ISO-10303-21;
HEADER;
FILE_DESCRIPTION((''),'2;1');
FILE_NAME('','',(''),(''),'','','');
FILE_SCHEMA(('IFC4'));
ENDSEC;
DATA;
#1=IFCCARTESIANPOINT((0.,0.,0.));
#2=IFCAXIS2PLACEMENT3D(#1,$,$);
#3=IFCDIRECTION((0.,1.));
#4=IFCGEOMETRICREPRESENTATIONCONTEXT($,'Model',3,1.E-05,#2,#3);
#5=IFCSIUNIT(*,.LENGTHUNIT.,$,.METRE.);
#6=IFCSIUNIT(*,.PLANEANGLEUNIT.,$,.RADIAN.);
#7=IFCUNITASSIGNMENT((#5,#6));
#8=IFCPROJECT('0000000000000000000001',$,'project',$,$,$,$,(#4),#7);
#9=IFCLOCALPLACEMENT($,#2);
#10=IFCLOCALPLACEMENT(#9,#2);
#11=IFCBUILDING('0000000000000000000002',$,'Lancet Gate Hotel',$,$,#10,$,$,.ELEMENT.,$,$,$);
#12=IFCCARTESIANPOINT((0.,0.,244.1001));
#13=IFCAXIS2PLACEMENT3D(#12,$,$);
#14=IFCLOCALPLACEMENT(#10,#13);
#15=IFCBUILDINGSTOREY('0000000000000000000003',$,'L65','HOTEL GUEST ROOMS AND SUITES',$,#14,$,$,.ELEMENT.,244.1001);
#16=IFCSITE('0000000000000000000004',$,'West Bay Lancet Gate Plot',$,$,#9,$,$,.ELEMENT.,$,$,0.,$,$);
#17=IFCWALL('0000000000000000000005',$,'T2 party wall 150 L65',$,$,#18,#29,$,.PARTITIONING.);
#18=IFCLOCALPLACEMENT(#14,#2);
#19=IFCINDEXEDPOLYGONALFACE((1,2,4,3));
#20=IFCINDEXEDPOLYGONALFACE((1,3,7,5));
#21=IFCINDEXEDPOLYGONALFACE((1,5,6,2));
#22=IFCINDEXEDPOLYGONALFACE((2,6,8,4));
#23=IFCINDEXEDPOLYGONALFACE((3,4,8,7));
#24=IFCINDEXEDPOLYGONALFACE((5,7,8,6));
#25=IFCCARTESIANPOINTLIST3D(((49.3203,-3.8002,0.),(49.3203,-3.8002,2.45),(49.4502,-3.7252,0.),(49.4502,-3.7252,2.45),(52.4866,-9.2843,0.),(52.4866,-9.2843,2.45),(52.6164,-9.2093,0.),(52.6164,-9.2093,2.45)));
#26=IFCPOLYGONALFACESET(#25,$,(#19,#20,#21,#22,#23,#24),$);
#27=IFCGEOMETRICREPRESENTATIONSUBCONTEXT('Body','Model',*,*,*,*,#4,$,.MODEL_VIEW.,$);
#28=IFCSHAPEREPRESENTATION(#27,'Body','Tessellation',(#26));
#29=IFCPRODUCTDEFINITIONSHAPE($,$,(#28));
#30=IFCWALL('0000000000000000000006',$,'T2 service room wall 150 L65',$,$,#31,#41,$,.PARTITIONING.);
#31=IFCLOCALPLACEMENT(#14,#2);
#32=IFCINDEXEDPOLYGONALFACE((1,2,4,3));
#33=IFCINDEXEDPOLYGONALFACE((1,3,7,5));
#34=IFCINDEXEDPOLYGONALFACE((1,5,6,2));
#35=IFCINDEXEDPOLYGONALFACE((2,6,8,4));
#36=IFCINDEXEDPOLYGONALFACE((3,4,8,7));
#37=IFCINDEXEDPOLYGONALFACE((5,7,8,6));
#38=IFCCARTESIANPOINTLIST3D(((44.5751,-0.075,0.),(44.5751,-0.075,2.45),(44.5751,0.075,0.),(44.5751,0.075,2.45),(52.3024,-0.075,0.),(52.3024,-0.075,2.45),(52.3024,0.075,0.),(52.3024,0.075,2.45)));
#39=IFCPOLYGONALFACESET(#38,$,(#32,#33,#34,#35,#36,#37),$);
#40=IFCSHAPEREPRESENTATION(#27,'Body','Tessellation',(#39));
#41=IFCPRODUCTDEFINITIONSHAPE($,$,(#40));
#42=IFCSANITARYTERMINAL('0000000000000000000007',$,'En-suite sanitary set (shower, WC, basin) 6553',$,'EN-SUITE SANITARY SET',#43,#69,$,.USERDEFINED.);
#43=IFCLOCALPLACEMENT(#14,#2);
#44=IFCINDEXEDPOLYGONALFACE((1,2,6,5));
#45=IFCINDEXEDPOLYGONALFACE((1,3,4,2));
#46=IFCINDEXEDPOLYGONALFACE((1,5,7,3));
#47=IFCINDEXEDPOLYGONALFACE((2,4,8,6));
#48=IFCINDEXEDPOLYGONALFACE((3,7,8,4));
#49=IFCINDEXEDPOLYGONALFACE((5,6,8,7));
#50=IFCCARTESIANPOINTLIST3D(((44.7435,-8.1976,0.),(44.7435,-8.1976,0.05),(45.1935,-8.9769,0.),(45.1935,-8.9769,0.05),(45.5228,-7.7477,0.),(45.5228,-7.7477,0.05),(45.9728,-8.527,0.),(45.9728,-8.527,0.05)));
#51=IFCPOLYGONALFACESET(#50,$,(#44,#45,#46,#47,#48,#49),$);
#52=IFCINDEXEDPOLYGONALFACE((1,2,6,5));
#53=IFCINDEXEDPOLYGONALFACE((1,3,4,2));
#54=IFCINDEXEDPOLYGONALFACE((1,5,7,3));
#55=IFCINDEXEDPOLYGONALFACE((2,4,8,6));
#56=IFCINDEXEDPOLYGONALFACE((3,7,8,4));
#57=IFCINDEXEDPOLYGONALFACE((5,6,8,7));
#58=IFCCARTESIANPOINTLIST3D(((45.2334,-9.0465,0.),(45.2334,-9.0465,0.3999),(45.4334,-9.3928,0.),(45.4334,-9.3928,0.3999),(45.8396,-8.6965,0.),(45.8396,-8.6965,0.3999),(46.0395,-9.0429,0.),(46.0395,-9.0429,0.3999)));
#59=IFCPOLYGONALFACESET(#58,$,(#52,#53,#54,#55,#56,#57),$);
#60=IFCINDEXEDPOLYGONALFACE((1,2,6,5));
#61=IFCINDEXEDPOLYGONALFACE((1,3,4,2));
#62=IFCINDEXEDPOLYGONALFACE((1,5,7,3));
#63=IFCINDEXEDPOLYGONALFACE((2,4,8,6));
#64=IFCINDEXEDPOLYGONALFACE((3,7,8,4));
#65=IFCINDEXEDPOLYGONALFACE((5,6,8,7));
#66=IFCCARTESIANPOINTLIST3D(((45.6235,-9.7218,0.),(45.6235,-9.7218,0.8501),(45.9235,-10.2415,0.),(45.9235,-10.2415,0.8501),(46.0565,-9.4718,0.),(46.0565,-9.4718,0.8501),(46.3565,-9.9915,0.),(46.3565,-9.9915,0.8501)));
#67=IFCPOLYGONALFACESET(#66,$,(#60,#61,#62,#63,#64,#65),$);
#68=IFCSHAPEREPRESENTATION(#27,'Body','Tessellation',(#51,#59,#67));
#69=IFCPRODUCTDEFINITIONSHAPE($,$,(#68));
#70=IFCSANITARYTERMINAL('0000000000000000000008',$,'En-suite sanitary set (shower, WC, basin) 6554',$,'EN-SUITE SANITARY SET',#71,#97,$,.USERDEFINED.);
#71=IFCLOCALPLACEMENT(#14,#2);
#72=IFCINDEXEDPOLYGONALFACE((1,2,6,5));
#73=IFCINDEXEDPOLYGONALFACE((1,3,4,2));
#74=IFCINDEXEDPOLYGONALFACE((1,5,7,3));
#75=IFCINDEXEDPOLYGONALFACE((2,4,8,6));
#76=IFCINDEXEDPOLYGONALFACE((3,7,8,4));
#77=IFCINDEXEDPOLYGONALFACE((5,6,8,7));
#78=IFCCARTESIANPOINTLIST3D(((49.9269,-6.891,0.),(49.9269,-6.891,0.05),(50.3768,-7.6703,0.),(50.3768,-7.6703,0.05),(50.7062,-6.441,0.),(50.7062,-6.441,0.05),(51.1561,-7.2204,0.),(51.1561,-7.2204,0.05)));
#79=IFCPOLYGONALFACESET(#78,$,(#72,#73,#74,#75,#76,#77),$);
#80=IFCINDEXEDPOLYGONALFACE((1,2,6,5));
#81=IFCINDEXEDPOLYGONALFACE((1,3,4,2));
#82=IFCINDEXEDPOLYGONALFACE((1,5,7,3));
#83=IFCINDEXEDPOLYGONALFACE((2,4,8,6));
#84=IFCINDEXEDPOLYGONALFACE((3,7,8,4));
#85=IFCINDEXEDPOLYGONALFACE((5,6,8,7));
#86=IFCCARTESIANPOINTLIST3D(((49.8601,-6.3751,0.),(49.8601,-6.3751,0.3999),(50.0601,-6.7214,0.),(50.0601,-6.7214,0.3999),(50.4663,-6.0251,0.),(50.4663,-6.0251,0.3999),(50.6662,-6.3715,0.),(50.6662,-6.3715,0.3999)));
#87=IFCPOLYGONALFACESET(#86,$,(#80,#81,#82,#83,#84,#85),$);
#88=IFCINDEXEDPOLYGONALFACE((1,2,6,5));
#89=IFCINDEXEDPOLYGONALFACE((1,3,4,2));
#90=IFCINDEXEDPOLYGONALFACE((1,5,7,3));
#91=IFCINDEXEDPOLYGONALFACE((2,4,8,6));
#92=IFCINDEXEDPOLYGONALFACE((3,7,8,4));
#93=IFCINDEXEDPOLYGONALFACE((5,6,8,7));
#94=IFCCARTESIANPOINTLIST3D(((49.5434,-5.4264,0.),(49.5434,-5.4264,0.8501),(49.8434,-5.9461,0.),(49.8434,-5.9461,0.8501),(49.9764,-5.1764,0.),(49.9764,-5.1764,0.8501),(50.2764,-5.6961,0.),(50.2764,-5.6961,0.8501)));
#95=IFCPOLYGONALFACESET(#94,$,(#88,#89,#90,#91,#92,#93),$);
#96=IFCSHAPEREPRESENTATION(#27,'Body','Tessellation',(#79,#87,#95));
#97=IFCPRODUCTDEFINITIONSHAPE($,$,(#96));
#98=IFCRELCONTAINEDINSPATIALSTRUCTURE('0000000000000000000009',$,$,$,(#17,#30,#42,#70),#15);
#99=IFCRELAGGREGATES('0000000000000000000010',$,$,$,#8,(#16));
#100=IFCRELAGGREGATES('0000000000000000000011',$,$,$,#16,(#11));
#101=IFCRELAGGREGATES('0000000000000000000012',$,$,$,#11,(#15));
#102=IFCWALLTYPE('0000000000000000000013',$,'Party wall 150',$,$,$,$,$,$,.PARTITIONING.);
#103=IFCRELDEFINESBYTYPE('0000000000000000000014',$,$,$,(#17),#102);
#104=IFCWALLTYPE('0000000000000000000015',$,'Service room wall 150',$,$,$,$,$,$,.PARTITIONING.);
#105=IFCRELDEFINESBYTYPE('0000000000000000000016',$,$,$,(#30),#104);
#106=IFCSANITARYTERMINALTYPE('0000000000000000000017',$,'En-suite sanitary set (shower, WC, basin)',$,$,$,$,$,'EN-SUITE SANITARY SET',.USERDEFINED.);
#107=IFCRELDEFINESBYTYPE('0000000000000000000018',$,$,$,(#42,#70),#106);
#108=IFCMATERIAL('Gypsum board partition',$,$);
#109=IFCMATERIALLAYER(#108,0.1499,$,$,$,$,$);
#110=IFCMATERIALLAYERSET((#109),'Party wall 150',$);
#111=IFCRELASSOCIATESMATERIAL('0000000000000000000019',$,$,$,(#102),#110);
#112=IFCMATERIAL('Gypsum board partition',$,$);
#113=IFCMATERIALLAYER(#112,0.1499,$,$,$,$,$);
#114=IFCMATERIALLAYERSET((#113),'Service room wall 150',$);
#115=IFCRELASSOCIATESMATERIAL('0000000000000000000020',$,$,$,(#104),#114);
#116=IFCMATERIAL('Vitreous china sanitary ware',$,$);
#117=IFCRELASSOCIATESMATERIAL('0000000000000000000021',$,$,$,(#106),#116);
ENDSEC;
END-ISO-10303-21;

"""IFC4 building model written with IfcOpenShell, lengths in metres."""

from ifc_helpers import new_model, si_unit, direction, frame, frame_2d, origin, origin_2d, place, context, subcontext, project, spatial, rectangle, extrude, material, layer, layer_set, type_object, element, save


model = new_model("IFC4")

# Units and contexts
model_context = context("Model", 3, precision=1e-05, world=origin(), true_north=direction((0.0, 1.0)))
body_context = subcontext(model_context, "Body", "Model", "MODEL_VIEW")
ifc_project = project(units=[si_unit("LENGTHUNIT", "METRE"), si_unit("PLANEANGLEUNIT", "RADIAN")], contexts=[model_context])

# Site, building, storey
site_placement = place(None, origin())
site = spatial("IfcSite", under=ifc_project, at=site_placement, Name="West Bay Lancet Gate Plot", CompositionType="ELEMENT", RefElevation=0.0)
building_placement = place(site_placement, origin())
building = spatial("IfcBuilding", under=site, at=building_placement, Name="Lancet Gate Hotel", CompositionType="ELEMENT")
storey_placement = place(building_placement, frame((0.0, 0.0, 244.1001)))
storey = spatial("IfcBuildingStorey", under=building, at=storey_placement, Name="L65", Description="HOTEL GUEST ROOMS AND SUITES", CompositionType="ELEMENT", Elevation=244.1001)

# Walls
ifc_material_1 = material(Name="Gypsum board partition")
ifc_layer_1 = layer(ifc_material_1, 0.1499)
ifc_layer_set_1 = layer_set([ifc_layer_1], Name="Party wall 150")
wall_type_1 = type_object("IfcWallType", Name="Party wall 150", PredefinedType="PARTITIONING", material=ifc_layer_set_1)
wall_1_placement = place(storey_placement, frame((49.3853, -3.7627, 0.0), z_axis=(0.0, 0.0, 1.0), x_axis=(0.499999, -0.866026, 0.0)))
element("IfcWall", 1, at=wall_1_placement, inside=storey, type_object=wall_type_1, Name="T2 party wall 150 L65", PredefinedType="PARTITIONING", context=body_context, shape_type="SweptSolid", body=[
    extrude(rectangle(XDim=6.3325, YDim=0.1499, at=frame_2d((3.1663, 0.0))), origin(), (0.0, 0.0, 1.0), 2.45),
])
ifc_material_2 = material(Name="Gypsum board partition")
ifc_layer_2 = layer(ifc_material_2, 0.1499)
ifc_layer_set_2 = layer_set([ifc_layer_2], Name="Service room wall 150")
wall_type_2 = type_object("IfcWallType", Name="Service room wall 150", PredefinedType="PARTITIONING", material=ifc_layer_set_2)
wall_2_placement = place(storey_placement, frame((44.575, 0.0, 0.0), z_axis=(0.0, 0.0, 1.0), x_axis=(1.0, 0.0, 0.0)))
element("IfcWall", 2, at=wall_2_placement, inside=storey, type_object=wall_type_2, Name="T2 service room wall 150 L65", PredefinedType="PARTITIONING", context=body_context, shape_type="SweptSolid", body=[
    extrude(rectangle(XDim=7.7273, YDim=0.1499, at=frame_2d((3.8638, 0.0))), origin(), (0.0, 0.0, 1.0), 2.45),
])

# Sanitary terminals
ifc_material_3 = material(Name="Vitreous china sanitary ware")
sanitary_terminal_type = type_object("IfcSanitaryTerminalType", Name="En-suite sanitary set (shower, WC, basin)", ElementType="EN-SUITE SANITARY SET", PredefinedType="USERDEFINED", material=ifc_material_3)
sanitary_terminal_1_placement = place(storey_placement, frame((45.3582, -8.3623, 0.0), z_axis=(0.0, 0.0, 1.0), x_axis=(1.0, 0.0, 0.0)))
element("IfcSanitaryTerminal", 3, at=sanitary_terminal_1_placement, inside=storey, type_object=sanitary_terminal_type, Name="En-suite sanitary set (shower, WC, basin) 6553", ObjectType="EN-SUITE SANITARY SET", PredefinedType="USERDEFINED", context=body_context, shape_type="SweptSolid", body=[
    extrude(rectangle(XDim=0.8999, YDim=0.8999, at=origin_2d()), frame((0.0, 0.0, 0.0), z_axis=(0.0, 0.0, 1.0), x_axis=(-0.5, 0.866025, 0.0)), (0.0, 0.0, 1.0), 0.05),
    extrude(rectangle(XDim=0.3999, YDim=0.7, at=origin_2d()), frame((0.2783, -0.6824, 0.0), z_axis=(0.0, 0.0, 1.0), x_axis=(-0.5, 0.866025, 0.0)), (0.0, 0.0, 1.0), 0.3999),
    extrude(rectangle(XDim=0.6001, YDim=0.5, at=origin_2d()), frame((0.6318, -1.4944, 0.0), z_axis=(0.0, 0.0, 1.0), x_axis=(-0.5, 0.866025, 0.0)), (0.0, 0.0, 1.0), 0.8501),
])
sanitary_terminal_2_placement = place(storey_placement, frame((50.5415, -7.0557, 0.0), z_axis=(0.0, 0.0, 1.0), x_axis=(1.0, 0.0, 0.0)))
element("IfcSanitaryTerminal", 4, at=sanitary_terminal_2_placement, inside=storey, type_object=sanitary_terminal_type, Name="En-suite sanitary set (shower, WC, basin) 6554", ObjectType="EN-SUITE SANITARY SET", PredefinedType="USERDEFINED", context=body_context, shape_type="SweptSolid", body=[
    extrude(rectangle(XDim=0.8999, YDim=0.8999, at=origin_2d()), frame((0.0, 0.0, 0.0), z_axis=(0.0, 0.0, 1.0), x_axis=(0.5, -0.866025, 0.0)), (0.0, 0.0, 1.0), 0.05),
    extrude(rectangle(XDim=0.3999, YDim=0.7, at=origin_2d()), frame((-0.2783, 0.6824, 0.0), z_axis=(0.0, 0.0, 1.0), x_axis=(0.5, -0.866025, 0.0)), (0.0, 0.0, 1.0), 0.3999),
    extrude(rectangle(XDim=0.6001, YDim=0.5, at=origin_2d()), frame((-0.6316, 1.4944, 0.0), z_axis=(0.0, 0.0, 1.0), x_axis=(0.5, -0.866025, 0.0)), (0.0, 0.0, 1.0), 0.8501),
])

save(model, "model.ifc")
